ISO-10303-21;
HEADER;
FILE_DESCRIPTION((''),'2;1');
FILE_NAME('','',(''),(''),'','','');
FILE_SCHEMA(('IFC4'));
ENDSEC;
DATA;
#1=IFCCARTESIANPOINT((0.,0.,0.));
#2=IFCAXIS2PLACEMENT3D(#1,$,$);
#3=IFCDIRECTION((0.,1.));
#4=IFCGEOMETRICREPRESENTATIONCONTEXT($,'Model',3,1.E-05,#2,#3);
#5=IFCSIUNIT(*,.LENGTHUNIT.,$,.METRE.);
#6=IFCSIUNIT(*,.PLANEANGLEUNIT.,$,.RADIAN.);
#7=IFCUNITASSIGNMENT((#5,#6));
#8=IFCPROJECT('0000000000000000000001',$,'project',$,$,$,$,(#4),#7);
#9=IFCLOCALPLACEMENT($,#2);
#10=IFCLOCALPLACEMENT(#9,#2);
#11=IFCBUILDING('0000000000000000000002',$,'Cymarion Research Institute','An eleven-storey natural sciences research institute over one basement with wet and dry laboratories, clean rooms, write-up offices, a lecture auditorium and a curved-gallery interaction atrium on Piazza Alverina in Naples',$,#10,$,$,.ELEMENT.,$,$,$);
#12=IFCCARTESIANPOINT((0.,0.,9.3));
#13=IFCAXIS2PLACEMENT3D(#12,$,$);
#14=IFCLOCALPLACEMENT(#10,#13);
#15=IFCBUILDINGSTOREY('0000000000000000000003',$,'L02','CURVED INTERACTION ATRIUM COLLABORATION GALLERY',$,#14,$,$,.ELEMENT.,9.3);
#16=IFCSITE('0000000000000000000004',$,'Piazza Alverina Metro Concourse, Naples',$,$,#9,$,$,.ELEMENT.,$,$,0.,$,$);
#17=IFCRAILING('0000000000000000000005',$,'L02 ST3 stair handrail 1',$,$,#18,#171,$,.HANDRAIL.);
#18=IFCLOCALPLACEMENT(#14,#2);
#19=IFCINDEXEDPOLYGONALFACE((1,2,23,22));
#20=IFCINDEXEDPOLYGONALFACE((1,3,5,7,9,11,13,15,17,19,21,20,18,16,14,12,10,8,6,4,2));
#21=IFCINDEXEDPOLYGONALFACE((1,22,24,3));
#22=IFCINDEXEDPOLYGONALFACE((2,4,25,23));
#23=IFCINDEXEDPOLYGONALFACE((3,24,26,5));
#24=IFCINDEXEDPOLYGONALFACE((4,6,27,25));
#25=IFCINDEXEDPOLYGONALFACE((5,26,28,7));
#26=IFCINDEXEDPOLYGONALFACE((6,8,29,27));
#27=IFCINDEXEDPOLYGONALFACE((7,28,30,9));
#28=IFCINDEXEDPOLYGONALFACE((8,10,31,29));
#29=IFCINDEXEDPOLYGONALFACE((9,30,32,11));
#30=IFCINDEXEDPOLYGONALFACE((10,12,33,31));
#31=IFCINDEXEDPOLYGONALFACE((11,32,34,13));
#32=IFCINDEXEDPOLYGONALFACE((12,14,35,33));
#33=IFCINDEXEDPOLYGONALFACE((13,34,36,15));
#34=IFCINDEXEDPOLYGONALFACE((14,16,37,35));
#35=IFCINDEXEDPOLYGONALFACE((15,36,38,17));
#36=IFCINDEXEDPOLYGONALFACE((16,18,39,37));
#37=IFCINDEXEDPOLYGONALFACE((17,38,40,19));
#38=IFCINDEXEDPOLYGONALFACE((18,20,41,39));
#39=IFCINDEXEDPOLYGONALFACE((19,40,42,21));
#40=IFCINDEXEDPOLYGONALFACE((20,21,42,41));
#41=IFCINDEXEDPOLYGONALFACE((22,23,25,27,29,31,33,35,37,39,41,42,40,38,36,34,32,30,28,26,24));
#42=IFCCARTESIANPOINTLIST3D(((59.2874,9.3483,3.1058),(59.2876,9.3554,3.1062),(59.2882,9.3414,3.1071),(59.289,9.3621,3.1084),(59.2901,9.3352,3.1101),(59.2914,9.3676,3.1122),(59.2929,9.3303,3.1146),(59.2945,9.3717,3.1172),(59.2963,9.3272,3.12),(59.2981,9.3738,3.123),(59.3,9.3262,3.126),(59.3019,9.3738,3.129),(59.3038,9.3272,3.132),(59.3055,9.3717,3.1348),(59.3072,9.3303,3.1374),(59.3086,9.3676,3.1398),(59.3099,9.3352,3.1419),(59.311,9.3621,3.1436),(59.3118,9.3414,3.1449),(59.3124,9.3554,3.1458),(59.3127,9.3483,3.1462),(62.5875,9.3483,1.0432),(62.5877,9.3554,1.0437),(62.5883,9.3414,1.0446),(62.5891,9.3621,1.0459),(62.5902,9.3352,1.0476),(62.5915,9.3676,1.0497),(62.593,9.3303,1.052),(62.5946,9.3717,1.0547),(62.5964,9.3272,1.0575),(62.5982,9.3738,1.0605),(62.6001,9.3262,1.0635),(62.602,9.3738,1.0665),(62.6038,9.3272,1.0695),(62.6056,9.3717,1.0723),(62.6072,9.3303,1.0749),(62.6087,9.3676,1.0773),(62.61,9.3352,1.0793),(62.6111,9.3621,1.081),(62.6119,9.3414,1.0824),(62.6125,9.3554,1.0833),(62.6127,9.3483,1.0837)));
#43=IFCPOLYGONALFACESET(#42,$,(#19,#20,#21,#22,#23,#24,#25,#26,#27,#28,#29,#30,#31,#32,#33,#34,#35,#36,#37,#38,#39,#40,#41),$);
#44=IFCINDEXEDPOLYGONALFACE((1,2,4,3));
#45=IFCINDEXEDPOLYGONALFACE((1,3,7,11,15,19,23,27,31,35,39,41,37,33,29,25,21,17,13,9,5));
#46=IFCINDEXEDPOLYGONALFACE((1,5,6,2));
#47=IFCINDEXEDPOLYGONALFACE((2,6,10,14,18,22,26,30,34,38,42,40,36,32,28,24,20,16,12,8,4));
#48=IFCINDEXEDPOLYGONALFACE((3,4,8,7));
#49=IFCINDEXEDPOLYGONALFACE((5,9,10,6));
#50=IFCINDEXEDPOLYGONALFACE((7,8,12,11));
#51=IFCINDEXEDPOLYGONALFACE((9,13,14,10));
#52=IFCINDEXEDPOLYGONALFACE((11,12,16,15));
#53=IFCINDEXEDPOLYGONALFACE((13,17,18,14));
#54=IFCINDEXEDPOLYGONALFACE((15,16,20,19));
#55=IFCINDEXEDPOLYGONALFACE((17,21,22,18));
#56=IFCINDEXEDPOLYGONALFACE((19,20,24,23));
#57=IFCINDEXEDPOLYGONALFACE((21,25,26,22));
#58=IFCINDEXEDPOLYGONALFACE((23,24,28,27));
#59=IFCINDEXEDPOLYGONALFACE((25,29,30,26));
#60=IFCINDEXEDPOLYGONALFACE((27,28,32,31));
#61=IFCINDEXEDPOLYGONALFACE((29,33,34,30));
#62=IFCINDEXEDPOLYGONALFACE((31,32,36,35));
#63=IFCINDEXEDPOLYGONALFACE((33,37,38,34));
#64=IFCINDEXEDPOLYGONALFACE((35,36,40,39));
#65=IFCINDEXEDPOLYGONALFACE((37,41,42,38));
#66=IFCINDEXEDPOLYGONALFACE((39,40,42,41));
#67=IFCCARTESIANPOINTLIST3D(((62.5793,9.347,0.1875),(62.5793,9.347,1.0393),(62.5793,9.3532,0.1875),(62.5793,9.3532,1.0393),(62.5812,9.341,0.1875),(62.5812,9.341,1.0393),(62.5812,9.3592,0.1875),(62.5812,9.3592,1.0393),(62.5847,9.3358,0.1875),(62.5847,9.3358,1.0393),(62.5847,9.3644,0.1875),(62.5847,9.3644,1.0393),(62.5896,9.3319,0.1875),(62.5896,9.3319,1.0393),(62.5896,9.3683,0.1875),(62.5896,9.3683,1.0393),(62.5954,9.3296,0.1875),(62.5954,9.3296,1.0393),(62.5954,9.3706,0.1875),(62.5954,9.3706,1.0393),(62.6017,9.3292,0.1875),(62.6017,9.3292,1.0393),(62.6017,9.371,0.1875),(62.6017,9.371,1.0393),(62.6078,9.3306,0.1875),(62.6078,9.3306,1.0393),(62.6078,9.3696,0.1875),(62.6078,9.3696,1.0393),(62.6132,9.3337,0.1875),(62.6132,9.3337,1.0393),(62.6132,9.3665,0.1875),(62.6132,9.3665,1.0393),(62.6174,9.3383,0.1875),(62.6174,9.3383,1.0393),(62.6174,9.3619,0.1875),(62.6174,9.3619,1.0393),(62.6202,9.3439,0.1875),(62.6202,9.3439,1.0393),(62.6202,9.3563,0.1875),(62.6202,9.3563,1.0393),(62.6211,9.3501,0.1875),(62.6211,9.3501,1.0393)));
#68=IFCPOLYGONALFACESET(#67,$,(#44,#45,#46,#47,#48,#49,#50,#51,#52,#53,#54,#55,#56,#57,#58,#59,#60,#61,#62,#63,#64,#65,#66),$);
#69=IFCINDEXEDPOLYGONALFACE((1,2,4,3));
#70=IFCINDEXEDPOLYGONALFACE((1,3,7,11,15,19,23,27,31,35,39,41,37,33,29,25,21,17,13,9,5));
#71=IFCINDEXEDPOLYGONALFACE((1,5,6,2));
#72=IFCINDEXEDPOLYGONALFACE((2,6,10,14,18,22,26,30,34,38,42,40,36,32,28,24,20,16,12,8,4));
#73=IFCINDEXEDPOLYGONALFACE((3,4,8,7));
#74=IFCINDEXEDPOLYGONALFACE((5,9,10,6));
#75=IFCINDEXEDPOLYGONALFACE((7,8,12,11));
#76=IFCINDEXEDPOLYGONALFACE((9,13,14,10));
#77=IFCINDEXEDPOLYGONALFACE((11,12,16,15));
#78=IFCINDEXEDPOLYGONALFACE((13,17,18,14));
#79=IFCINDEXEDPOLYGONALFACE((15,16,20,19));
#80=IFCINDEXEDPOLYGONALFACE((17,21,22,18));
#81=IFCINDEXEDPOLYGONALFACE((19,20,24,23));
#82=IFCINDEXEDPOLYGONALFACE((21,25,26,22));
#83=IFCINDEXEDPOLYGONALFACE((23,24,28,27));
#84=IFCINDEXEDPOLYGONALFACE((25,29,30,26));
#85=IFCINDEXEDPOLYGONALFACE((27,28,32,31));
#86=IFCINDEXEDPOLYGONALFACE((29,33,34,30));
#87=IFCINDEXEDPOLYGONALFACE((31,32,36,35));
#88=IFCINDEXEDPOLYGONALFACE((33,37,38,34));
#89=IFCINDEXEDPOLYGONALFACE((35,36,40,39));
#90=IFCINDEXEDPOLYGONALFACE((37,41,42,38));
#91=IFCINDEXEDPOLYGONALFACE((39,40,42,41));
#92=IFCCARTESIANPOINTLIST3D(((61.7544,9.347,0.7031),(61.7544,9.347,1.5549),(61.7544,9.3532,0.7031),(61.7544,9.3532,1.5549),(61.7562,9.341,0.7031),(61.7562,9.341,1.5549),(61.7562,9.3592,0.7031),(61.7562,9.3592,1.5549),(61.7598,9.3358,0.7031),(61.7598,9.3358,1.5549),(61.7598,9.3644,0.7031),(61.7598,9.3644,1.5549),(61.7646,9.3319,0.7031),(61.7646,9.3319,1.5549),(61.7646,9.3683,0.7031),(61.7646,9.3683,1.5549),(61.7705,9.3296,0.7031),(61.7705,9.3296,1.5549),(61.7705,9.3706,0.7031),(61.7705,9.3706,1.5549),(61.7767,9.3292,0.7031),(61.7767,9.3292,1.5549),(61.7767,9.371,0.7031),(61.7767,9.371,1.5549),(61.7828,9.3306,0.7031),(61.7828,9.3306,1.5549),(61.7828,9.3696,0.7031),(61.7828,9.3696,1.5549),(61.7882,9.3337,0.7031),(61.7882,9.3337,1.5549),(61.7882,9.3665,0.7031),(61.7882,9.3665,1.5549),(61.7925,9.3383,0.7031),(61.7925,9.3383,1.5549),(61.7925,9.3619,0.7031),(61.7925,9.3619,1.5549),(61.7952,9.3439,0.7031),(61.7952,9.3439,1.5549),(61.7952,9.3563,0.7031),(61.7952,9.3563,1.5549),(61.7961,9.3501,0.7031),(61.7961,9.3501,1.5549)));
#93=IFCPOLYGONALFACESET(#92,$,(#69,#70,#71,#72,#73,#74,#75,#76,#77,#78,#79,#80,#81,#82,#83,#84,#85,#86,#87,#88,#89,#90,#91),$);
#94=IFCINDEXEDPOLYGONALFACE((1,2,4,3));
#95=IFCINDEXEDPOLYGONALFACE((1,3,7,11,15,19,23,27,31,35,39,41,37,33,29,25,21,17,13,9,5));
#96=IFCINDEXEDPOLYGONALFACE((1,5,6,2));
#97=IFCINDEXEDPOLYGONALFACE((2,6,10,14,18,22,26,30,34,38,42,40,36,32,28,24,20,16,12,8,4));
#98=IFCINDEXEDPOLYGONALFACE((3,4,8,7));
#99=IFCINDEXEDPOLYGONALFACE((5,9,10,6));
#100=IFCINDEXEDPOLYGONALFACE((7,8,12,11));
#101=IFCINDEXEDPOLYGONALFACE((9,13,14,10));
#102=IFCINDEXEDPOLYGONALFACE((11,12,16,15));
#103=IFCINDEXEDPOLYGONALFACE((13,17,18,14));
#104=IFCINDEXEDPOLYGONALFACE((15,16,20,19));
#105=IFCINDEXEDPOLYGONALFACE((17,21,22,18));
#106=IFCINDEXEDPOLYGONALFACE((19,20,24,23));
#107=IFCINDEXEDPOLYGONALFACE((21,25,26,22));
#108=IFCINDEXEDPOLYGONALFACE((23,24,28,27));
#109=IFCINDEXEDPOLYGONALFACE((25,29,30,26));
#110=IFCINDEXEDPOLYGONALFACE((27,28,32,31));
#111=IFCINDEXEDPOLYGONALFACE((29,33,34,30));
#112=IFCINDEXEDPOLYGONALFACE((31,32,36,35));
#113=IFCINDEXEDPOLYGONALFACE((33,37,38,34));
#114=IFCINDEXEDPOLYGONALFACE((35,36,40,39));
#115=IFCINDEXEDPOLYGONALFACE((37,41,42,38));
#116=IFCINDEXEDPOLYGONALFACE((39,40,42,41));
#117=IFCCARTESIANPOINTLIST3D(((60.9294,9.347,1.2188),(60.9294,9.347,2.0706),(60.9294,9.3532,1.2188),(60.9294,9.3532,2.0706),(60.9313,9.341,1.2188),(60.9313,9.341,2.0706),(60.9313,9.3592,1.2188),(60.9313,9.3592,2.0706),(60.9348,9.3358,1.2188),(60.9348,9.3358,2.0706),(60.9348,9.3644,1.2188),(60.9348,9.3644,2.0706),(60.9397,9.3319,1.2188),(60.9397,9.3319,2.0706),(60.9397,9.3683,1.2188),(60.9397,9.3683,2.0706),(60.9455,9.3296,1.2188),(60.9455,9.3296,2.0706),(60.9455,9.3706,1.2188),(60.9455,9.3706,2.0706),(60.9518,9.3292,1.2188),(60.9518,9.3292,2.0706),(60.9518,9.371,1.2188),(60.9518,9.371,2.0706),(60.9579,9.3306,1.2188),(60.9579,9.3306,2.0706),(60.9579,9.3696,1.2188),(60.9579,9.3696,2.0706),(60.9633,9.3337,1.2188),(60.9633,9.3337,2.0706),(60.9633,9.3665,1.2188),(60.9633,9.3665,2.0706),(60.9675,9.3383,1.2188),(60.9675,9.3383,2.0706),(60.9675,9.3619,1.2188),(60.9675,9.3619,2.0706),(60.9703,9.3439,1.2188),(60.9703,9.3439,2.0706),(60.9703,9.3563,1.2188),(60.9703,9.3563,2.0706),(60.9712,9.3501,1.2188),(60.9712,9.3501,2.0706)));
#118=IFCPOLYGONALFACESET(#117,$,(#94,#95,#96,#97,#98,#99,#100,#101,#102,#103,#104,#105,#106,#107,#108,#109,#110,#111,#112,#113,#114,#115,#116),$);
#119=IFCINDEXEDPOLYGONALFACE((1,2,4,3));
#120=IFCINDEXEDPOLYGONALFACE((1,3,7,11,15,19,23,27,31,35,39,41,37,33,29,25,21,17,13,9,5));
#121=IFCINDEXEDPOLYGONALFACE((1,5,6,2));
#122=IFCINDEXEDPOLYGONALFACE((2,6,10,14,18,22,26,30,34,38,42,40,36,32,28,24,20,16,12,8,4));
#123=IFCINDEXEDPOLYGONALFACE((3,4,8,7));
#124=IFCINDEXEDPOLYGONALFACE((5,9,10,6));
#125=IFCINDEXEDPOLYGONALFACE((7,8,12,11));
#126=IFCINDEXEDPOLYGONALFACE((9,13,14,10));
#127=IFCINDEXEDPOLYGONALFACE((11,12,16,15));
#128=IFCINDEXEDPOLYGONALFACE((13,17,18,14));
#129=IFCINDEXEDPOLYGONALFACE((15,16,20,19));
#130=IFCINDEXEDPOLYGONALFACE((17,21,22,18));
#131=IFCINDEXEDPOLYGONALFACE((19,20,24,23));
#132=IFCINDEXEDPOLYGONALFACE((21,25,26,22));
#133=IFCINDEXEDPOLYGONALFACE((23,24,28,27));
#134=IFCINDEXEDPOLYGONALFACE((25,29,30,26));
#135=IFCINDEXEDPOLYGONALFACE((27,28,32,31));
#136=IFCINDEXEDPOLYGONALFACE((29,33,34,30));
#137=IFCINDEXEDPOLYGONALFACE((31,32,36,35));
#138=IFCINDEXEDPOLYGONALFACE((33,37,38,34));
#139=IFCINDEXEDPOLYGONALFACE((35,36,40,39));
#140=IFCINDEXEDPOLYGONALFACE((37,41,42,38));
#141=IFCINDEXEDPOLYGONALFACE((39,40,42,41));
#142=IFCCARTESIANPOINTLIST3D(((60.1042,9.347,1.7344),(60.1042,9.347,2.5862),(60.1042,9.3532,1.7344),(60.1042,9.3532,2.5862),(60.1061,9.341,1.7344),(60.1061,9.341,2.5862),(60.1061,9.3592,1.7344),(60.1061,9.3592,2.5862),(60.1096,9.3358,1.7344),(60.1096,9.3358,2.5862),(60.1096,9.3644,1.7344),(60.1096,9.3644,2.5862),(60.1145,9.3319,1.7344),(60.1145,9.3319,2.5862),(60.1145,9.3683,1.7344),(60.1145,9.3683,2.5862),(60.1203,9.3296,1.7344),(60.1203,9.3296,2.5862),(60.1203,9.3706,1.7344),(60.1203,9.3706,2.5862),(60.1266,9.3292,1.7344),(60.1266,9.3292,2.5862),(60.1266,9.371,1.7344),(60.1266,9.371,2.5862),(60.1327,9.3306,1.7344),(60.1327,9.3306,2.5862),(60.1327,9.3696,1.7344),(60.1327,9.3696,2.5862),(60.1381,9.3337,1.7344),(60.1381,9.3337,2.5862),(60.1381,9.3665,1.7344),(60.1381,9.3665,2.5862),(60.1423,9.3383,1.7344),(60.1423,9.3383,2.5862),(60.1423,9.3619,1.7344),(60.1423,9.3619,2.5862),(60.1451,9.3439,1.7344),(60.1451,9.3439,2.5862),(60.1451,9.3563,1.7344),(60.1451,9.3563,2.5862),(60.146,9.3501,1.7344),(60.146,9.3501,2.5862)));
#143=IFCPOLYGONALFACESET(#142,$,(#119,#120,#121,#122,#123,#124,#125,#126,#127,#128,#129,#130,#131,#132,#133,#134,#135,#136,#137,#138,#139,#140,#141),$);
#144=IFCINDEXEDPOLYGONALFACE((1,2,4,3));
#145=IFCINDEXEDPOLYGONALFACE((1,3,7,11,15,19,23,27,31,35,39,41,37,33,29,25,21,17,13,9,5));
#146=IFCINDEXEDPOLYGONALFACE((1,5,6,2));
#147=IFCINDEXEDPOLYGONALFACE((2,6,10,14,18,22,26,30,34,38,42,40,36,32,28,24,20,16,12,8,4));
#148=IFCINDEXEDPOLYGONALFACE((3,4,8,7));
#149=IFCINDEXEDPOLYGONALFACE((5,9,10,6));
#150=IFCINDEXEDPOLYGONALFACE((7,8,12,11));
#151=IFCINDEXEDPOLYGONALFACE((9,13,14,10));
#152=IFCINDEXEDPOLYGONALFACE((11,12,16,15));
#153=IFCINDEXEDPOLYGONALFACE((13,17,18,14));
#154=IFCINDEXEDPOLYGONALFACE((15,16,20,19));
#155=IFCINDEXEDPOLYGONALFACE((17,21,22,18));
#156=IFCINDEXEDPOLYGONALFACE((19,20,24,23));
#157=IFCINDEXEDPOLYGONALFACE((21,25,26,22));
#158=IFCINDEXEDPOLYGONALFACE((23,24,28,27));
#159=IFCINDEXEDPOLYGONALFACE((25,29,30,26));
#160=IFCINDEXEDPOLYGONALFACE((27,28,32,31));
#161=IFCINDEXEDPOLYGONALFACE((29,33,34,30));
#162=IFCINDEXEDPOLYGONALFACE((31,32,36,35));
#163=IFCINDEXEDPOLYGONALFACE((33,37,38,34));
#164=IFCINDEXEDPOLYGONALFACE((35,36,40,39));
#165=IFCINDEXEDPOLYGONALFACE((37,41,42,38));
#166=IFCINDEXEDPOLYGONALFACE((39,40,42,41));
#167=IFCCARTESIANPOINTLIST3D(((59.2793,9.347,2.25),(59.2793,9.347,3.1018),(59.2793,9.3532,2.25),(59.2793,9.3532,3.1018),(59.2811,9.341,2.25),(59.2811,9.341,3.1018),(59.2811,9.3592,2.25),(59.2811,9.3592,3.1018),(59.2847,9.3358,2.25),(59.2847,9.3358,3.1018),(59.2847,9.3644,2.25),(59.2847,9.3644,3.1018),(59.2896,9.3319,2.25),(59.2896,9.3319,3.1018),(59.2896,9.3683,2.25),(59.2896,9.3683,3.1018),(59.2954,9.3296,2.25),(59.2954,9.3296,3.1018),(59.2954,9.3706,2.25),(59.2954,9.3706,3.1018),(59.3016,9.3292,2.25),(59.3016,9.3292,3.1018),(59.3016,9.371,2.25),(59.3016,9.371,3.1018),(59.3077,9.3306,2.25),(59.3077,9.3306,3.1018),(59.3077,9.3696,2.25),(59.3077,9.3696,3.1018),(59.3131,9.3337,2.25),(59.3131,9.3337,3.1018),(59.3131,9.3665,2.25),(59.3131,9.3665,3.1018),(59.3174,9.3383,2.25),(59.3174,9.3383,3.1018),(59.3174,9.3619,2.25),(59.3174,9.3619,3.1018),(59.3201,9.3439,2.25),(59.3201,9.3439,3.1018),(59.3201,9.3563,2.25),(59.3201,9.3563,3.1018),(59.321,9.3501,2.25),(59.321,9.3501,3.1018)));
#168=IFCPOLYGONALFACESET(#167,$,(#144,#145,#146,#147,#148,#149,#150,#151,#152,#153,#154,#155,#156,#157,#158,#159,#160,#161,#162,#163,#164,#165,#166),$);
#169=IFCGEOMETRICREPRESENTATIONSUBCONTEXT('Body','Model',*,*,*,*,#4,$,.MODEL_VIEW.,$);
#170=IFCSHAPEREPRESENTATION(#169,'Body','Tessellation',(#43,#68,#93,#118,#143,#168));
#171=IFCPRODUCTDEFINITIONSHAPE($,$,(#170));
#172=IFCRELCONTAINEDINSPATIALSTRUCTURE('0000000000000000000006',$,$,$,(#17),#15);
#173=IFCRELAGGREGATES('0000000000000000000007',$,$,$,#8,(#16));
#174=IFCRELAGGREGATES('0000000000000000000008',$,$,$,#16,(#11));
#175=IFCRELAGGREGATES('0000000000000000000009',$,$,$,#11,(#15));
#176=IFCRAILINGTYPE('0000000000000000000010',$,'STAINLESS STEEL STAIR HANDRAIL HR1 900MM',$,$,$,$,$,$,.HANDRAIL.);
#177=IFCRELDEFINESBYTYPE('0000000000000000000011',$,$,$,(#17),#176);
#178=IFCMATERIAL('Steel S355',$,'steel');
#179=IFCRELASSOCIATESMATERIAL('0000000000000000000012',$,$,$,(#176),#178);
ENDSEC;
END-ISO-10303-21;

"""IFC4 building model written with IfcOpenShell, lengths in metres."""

from ifc_helpers import new_model, si_unit, direction, frame, origin, origin_2d, place, context, subcontext, project, spatial, circle, extrude, material, type_object, element, save


model = new_model("IFC4")

# Units and contexts
model_context = context("Model", 3, precision=1e-05, world=origin(), true_north=direction((0.0, 1.0)))
body_context = subcontext(model_context, "Body", "Model", "MODEL_VIEW")
ifc_project = project(units=[si_unit("LENGTHUNIT", "METRE"), si_unit("PLANEANGLEUNIT", "RADIAN")], contexts=[model_context])

# Site, building, storey
site_placement = place(None, origin())
site = spatial("IfcSite", under=ifc_project, at=site_placement, Name="Piazza Alverina Metro Concourse, Naples", CompositionType="ELEMENT", RefElevation=0.0)
building_placement = place(site_placement, origin())
building = spatial("IfcBuilding", under=site, at=building_placement, Name="Cymarion Research Institute", Description="An eleven-storey natural sciences research institute over one basement with wet and dry laboratories, clean rooms, write-up offices, a lecture auditorium and a curved-gallery interaction atrium on Piazza Alverina in Naples", CompositionType="ELEMENT")
storey_placement = place(building_placement, frame((0.0, 0.0, 9.3)))
storey = spatial("IfcBuildingStorey", under=building, at=storey_placement, Name="L02", Description="CURVED INTERACTION ATRIUM COLLABORATION GALLERY", CompositionType="ELEMENT", Elevation=9.3)

# Shared definitions
ifc_material_1 = material(Name="Steel S355", Category="steel")

# Railing
railing_type_1 = type_object("IfcRailingType", Name="STAINLESS STEEL STAIR HANDRAIL HR1 900MM", PredefinedType="HANDRAIL", material=ifc_material_1)
railing_1_placement = place(storey_placement, frame((62.6001, 9.3501, 0.1875)))
element("IfcRailing", 1, at=railing_1_placement, inside=storey, type_object=railing_type_1, Name="L02 ST3 stair handrail 1", PredefinedType="HANDRAIL", context=body_context, shape_type="SweptSolid", body=[
    extrude(circle(Radius=0.0239, at=origin_2d()), frame((0.0, 0.0, 0.876), z_axis=(-0.848002, 0.0, 0.529993), x_axis=(0.0, -1.0, 0.0)), (0.0, 0.0, 1.0), 3.8916),
    extrude(circle(Radius=0.021, at=origin_2d()), origin(), (0.0, 0.0, 1.0), 0.8518),
    extrude(circle(Radius=0.021, at=origin_2d()), frame((-0.825, 0.0, 0.5156)), (0.0, 0.0, 1.0), 0.8518),
    extrude(circle(Radius=0.021, at=origin_2d()), frame((-1.6499, 0.0, 1.0312)), (0.0, 0.0, 1.0), 0.8518),
    extrude(circle(Radius=0.021, at=origin_2d()), frame((-2.4751, 0.0, 1.5469)), (0.0, 0.0, 1.0), 0.8518),
    extrude(circle(Radius=0.021, at=origin_2d()), frame((-3.3, 0.0, 2.0625)), (0.0, 0.0, 1.0), 0.8518),
])

save(model, "model.ifc")
